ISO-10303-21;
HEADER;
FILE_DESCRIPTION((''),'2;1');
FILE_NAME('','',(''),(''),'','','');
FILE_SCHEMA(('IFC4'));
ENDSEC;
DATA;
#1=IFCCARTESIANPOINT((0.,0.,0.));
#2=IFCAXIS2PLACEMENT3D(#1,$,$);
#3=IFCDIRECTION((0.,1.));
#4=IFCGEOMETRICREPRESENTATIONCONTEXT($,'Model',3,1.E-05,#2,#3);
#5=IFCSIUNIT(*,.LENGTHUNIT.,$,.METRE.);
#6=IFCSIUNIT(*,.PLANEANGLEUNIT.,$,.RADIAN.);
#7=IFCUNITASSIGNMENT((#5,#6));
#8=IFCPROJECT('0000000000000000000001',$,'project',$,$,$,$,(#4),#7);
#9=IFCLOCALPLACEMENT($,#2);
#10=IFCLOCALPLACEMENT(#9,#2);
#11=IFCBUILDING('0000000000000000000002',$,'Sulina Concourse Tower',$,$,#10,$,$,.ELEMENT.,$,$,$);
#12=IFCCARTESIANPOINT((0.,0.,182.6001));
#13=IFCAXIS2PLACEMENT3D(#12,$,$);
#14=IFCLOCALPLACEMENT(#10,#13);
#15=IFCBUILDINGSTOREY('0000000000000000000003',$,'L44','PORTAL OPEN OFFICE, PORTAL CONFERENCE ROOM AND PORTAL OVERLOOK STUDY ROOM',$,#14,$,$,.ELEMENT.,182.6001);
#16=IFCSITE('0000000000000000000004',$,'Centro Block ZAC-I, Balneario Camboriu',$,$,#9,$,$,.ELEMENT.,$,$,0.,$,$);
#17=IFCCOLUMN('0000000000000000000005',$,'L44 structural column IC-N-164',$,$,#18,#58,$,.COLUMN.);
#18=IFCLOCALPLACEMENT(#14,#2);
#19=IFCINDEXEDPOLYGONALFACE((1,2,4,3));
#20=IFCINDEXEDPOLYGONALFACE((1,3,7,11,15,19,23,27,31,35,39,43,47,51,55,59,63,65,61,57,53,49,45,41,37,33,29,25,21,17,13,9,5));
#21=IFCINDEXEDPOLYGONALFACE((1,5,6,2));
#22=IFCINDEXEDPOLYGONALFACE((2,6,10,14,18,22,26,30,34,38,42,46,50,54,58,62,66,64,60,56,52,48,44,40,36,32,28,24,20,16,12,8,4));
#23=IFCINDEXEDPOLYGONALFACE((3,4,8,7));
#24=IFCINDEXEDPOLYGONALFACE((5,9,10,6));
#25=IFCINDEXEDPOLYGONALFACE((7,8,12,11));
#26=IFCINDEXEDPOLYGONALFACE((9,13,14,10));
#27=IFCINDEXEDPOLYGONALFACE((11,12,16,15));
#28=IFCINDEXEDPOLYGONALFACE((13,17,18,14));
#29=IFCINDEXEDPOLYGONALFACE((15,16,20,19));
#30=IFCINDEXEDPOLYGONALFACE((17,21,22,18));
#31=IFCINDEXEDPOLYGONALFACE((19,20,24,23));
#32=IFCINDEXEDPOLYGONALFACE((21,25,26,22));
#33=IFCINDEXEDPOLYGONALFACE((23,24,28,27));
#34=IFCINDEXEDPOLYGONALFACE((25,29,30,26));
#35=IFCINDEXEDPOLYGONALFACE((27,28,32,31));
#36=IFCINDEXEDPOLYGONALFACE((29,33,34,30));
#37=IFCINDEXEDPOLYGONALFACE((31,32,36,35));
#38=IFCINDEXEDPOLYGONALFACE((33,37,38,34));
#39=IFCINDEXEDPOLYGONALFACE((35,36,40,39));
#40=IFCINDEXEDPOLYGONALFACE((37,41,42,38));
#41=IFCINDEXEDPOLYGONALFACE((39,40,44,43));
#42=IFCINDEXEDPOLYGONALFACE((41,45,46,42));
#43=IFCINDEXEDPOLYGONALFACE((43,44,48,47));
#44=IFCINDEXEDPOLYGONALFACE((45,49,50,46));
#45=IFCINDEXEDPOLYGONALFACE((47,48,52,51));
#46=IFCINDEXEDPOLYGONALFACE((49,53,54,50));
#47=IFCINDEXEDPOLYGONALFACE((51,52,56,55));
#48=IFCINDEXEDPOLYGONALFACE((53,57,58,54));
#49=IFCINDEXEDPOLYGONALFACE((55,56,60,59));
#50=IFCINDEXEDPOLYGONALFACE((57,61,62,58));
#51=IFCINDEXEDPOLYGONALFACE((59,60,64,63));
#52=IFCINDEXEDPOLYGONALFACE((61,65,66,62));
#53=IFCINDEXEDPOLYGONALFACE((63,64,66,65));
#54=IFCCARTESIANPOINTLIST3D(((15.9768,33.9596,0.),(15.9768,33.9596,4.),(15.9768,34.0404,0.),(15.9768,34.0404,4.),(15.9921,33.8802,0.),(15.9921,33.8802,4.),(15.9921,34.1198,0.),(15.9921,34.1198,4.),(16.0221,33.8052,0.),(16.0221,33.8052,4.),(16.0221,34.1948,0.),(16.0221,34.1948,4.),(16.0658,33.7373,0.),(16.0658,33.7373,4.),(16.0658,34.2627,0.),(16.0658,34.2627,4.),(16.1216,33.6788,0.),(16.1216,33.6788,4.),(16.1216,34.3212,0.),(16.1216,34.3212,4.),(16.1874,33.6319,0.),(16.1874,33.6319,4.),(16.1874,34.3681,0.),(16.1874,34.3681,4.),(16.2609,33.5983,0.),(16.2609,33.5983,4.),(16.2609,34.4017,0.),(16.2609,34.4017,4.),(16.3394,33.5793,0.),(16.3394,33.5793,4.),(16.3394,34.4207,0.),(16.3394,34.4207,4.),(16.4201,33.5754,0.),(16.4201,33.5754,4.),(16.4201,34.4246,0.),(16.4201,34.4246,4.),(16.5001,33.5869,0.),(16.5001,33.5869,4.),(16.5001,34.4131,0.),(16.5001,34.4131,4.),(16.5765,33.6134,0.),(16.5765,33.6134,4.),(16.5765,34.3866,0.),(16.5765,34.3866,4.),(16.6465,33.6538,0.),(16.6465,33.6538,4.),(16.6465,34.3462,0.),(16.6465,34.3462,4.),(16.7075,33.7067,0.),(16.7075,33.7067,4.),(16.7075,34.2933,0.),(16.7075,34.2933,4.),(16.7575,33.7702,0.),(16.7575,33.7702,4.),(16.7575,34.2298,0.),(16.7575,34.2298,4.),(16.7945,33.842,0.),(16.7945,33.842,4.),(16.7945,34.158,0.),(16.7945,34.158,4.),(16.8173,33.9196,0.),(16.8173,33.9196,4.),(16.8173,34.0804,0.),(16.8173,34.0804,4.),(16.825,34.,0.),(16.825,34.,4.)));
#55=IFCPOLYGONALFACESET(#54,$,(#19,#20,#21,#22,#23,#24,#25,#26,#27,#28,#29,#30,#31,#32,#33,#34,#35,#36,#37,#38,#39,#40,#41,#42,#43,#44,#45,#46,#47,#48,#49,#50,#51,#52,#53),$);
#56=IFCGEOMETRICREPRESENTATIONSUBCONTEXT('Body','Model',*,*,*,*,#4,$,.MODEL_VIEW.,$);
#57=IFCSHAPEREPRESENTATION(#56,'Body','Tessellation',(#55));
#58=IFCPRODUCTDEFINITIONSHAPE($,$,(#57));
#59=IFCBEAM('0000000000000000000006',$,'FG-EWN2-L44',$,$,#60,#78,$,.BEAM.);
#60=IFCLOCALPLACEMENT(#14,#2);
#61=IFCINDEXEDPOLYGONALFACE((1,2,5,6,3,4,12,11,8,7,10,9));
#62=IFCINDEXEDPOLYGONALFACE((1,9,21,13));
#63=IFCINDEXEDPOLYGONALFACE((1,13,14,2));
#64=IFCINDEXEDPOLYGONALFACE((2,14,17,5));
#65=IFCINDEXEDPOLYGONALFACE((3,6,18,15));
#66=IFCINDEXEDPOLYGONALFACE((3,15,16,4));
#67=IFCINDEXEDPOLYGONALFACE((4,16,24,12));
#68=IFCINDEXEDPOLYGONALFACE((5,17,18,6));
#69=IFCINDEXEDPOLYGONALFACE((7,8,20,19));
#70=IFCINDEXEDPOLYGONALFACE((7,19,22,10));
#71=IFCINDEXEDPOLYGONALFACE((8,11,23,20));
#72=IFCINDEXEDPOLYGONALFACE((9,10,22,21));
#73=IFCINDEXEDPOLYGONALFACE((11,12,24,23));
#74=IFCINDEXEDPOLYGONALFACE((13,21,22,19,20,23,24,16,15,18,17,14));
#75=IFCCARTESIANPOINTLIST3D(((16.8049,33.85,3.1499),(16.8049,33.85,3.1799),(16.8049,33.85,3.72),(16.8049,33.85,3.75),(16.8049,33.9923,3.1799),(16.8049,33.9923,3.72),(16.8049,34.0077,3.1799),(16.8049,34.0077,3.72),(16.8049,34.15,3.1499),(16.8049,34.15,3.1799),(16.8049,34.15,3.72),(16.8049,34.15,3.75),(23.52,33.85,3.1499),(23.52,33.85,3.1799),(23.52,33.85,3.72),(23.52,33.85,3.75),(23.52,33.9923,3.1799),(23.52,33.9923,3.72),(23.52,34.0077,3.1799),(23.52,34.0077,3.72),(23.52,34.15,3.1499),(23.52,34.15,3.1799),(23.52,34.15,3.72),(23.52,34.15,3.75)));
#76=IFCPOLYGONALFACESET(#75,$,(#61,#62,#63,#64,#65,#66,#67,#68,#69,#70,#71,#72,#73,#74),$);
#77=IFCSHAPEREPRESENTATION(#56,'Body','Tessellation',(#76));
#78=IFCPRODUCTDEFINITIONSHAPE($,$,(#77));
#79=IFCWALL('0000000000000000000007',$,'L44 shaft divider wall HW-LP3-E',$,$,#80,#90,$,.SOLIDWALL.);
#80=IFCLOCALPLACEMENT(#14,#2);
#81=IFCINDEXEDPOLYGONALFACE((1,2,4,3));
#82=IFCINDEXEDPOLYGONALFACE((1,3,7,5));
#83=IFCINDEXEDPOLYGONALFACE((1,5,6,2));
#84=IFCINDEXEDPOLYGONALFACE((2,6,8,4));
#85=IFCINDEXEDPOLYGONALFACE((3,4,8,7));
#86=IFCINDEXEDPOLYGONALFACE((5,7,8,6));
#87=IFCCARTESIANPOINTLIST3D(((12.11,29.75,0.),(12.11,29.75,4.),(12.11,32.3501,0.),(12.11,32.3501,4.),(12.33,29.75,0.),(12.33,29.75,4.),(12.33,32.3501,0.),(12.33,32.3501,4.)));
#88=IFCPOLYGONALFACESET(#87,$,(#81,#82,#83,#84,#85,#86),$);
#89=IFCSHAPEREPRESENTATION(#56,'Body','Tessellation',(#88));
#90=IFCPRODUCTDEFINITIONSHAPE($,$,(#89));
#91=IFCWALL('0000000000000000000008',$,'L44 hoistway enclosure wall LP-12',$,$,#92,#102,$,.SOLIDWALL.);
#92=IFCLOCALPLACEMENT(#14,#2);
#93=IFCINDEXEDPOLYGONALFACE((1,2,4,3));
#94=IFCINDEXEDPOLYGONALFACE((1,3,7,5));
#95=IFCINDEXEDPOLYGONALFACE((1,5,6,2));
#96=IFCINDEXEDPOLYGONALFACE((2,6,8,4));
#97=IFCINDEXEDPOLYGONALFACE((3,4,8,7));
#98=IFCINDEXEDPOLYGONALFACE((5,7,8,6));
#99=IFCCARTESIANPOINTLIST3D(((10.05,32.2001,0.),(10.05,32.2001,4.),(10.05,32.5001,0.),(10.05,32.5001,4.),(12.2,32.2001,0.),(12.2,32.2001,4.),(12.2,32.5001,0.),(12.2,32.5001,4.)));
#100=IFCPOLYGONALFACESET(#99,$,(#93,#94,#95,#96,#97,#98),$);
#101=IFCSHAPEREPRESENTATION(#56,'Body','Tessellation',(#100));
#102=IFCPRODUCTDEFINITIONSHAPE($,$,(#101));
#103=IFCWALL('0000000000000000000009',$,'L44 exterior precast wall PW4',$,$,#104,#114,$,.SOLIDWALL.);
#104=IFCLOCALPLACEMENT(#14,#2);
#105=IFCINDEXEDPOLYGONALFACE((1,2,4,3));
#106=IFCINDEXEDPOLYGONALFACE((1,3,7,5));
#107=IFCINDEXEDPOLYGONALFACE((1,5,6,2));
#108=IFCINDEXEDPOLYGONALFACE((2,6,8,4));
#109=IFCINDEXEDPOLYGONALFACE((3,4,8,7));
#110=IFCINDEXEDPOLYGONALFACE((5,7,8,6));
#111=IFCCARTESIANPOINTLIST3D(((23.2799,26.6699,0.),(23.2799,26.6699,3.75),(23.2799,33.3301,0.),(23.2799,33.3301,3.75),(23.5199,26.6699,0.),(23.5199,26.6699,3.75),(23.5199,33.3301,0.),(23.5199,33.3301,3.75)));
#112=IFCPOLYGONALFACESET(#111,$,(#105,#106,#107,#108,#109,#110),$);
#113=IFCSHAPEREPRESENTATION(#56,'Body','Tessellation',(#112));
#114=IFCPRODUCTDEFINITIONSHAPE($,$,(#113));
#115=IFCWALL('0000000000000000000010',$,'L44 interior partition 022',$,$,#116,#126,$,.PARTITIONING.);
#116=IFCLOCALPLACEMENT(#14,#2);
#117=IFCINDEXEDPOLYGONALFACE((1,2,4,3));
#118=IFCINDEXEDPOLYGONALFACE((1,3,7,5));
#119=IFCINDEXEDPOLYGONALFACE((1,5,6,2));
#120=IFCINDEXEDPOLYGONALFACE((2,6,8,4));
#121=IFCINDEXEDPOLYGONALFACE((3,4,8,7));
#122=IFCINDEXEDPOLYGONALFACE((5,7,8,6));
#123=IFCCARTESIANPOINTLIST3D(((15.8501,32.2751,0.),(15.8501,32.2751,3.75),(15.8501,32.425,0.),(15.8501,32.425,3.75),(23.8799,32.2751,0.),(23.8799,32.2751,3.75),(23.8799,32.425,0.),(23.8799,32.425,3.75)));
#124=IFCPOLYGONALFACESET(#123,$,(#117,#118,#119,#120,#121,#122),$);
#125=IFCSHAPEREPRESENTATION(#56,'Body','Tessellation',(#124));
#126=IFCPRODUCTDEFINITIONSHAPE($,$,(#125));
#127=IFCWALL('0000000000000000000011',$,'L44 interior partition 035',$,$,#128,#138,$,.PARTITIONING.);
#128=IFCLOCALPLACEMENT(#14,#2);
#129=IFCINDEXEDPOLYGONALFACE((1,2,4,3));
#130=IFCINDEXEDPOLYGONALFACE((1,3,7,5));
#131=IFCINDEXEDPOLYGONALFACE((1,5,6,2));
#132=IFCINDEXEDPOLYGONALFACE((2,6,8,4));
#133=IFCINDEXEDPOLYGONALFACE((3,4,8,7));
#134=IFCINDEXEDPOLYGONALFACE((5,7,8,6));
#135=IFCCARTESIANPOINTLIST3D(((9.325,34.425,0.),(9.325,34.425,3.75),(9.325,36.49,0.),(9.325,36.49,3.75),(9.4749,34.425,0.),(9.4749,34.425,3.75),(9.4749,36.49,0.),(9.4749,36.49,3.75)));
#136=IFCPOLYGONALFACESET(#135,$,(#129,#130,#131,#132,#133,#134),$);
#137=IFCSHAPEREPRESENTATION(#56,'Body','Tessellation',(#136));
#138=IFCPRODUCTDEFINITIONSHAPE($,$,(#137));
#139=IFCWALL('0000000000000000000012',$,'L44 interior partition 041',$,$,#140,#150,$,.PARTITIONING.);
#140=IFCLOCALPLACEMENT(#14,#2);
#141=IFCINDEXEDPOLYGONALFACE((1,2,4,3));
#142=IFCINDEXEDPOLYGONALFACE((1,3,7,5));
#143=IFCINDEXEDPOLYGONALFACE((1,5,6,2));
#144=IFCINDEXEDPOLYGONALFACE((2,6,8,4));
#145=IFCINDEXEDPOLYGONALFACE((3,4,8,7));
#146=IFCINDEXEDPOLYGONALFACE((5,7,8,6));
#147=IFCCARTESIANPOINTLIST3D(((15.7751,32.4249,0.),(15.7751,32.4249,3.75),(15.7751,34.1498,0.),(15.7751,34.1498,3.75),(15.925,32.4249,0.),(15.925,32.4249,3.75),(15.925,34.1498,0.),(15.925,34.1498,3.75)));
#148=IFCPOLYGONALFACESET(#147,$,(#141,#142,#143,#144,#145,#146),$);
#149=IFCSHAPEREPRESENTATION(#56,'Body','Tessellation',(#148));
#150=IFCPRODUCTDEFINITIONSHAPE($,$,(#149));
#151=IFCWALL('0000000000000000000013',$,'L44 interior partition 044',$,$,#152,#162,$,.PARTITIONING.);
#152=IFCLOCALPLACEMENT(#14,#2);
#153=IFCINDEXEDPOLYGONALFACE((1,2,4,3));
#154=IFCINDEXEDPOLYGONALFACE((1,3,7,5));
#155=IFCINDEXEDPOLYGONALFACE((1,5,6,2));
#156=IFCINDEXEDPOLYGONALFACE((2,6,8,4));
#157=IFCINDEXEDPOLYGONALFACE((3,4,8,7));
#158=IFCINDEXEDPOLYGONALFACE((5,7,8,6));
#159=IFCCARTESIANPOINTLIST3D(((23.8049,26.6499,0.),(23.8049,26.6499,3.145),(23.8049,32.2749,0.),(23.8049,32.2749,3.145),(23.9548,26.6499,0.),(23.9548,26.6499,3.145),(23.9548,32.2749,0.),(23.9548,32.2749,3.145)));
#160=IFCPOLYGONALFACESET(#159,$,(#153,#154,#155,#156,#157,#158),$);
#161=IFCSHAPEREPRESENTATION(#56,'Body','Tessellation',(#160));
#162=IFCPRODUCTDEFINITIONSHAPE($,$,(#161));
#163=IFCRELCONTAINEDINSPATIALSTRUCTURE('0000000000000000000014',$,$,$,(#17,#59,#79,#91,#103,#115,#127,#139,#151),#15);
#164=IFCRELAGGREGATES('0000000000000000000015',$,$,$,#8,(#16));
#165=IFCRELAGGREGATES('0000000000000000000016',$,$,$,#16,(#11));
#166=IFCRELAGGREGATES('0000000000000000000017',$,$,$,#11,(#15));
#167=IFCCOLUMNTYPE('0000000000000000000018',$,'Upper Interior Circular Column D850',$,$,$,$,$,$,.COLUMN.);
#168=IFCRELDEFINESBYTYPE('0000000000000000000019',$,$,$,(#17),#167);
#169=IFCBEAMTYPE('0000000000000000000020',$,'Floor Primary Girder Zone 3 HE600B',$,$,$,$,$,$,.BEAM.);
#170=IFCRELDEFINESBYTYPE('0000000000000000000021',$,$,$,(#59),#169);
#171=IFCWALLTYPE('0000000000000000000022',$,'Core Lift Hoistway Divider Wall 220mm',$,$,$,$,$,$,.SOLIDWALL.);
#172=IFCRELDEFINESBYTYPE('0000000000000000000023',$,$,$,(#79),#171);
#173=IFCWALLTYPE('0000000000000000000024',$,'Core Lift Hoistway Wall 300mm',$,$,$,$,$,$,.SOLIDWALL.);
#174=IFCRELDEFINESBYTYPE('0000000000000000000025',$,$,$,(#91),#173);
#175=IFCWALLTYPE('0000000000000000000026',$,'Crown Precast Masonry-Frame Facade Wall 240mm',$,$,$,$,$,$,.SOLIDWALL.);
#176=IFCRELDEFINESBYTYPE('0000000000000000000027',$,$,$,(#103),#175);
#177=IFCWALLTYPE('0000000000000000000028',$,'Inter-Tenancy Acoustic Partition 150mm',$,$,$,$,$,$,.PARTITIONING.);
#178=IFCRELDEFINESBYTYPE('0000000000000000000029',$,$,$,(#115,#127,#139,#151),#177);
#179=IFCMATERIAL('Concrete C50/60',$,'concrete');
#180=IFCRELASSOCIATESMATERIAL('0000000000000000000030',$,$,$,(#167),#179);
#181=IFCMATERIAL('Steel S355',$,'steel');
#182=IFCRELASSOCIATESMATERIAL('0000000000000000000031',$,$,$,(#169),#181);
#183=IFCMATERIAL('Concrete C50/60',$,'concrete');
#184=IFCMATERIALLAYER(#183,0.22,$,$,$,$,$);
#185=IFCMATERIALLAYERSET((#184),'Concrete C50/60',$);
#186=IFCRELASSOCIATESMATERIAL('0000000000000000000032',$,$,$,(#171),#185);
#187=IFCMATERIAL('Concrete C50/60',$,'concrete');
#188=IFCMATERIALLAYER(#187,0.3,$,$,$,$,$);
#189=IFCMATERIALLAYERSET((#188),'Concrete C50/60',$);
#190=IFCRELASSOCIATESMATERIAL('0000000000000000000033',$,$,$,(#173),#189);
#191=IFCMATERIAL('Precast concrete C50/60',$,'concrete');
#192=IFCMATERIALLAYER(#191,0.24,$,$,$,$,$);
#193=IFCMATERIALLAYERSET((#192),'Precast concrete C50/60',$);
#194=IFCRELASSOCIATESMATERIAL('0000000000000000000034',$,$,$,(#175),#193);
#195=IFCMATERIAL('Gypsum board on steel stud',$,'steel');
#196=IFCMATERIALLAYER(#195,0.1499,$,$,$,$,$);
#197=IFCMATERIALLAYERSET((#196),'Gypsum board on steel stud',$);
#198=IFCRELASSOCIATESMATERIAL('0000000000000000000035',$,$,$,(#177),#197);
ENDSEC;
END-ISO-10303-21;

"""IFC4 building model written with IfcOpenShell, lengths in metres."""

from ifc_helpers import new_model, si_unit, direction, frame, frame_2d, origin, origin_2d, place, context, subcontext, project, spatial, rectangle, circle, i_section, extrude, material, layer, layer_set, material_profile, profile_set, type_object, element, save


model = new_model("IFC4")

# Units and contexts
model_context = context("Model", 3, precision=1e-05, world=origin(), true_north=direction((0.0, 1.0)))
body_context = subcontext(model_context, "Body", "Model", "MODEL_VIEW")
ifc_project = project(units=[si_unit("LENGTHUNIT", "METRE"), si_unit("PLANEANGLEUNIT", "RADIAN")], contexts=[model_context])

# Site, building, storey
site_placement = place(None, origin())
site = spatial("IfcSite", under=ifc_project, at=site_placement, Name="Centro Block ZAC-I, Balneario Camboriu", CompositionType="ELEMENT", RefElevation=0.0)
building_placement = place(site_placement, origin())
building = spatial("IfcBuilding", under=site, at=building_placement, Name="Sulina Concourse Tower", CompositionType="ELEMENT")
storey_placement = place(building_placement, frame((0.0, 0.0, 182.6001)))
storey = spatial("IfcBuildingStorey", under=building, at=storey_placement, Name="L44", Description="PORTAL OPEN OFFICE, PORTAL CONFERENCE ROOM AND PORTAL OVERLOOK STUDY ROOM", CompositionType="ELEMENT", Elevation=182.6001)

# Column
ifc_material_1 = material(Name="Concrete C50/60", Category="concrete")
ifc_material_profile_1 = material_profile(ifc_material_1, circle(Radius=0.425, at=origin_2d()), Name="RC D850")
ifc_profile_set_1 = profile_set([ifc_material_profile_1], Name="Concrete C50/60")
column_type = type_object("IfcColumnType", Name="Upper Interior Circular Column D850", PredefinedType="COLUMN", material=ifc_profile_set_1)
column_placement = place(storey_placement, frame((16.3999, 34.0, 0.0), z_axis=(0.0, 0.0, 1.0), x_axis=(1.0, 0.0, 0.0)))
element("IfcColumn", 1, at=column_placement, inside=storey, type_object=column_type, Name="L44 structural column IC-N-164", PredefinedType="COLUMN", context=body_context, shape_type="SweptSolid", body=[
    extrude(circle(Radius=0.425, at=origin_2d()), origin(), (0.0, 0.0, 1.0), 4.0),
])

# Beam
ifc_material_2 = material(Name="Steel S355", Category="steel")
ifc_material_profile_2 = material_profile(ifc_material_2, i_section(OverallWidth=0.3, OverallDepth=0.6001, WebThickness=0.0154, FlangeThickness=0.03, at=origin_2d()), Name="HE 600 B")
ifc_profile_set_2 = profile_set([ifc_material_profile_2], Name="Steel S355")
beam_type = type_object("IfcBeamType", Name="Floor Primary Girder Zone 3 HE600B", PredefinedType="BEAM", material=ifc_profile_set_2)
beam_placement = place(storey_placement, frame((16.8049, 34.0, 3.45), z_axis=(1.0, 0.0, 0.0), x_axis=(0.0, 1.0, 0.0)))
element("IfcBeam", 2, at=beam_placement, inside=storey, type_object=beam_type, Name="FG-EWN2-L44", PredefinedType="BEAM", context=body_context, shape_type="SweptSolid", body=[
    extrude(i_section(OverallWidth=0.3, OverallDepth=0.6001, WebThickness=0.0154, FlangeThickness=0.03, at=origin_2d()), origin(), (0.0, 0.0, 1.0), 6.7151),
])

# Walls
ifc_material_3 = material(Name="Concrete C50/60", Category="concrete")
ifc_layer_1 = layer(ifc_material_3, 0.22)
ifc_layer_set_1 = layer_set([ifc_layer_1], Name="Concrete C50/60")
wall_type_1 = type_object("IfcWallType", Name="Core Lift Hoistway Divider Wall 220mm", PredefinedType="SOLIDWALL", material=ifc_layer_set_1)
wall_1_placement = place(storey_placement, frame((12.22, 29.75, 0.0), z_axis=(0.0, 0.0, 1.0), x_axis=(0.0, 1.0, 0.0)))
element("IfcWall", 3, at=wall_1_placement, inside=storey, type_object=wall_type_1, Name="L44 shaft divider wall HW-LP3-E", PredefinedType="SOLIDWALL", context=body_context, shape_type="SweptSolid", body=[
    extrude(rectangle(XDim=2.6001, YDim=0.22, at=frame_2d((1.3, 0.0))), origin(), (0.0, 0.0, 1.0), 4.0),
])
ifc_material_4 = material(Name="Concrete C50/60", Category="concrete")
ifc_layer_2 = layer(ifc_material_4, 0.3)
ifc_layer_set_2 = layer_set([ifc_layer_2], Name="Concrete C50/60")
wall_type_2 = type_object("IfcWallType", Name="Core Lift Hoistway Wall 300mm", PredefinedType="SOLIDWALL", material=ifc_layer_set_2)
wall_2_placement = place(storey_placement, frame((10.05, 32.3501, 0.0), z_axis=(0.0, 0.0, 1.0), x_axis=(1.0, 0.0, 0.0)))
element("IfcWall", 4, at=wall_2_placement, inside=storey, type_object=wall_type_2, Name="L44 hoistway enclosure wall LP-12", PredefinedType="SOLIDWALL", context=body_context, shape_type="SweptSolid", body=[
    extrude(rectangle(XDim=2.1499, YDim=0.3, at=frame_2d((1.075, 0.0))), origin(), (0.0, 0.0, 1.0), 4.0),
])
ifc_material_5 = material(Name="Precast concrete C50/60", Category="concrete")
ifc_layer_3 = layer(ifc_material_5, 0.24)
ifc_layer_set_3 = layer_set([ifc_layer_3], Name="Precast concrete C50/60")
wall_type_3 = type_object("IfcWallType", Name="Crown Precast Masonry-Frame Facade Wall 240mm", PredefinedType="SOLIDWALL", material=ifc_layer_set_3)
wall_3_placement = place(storey_placement, frame((23.3999, 33.3301, 0.0), z_axis=(0.0, 0.0, 1.0), x_axis=(0.0, -1.0, 0.0)))
element("IfcWall", 5, at=wall_3_placement, inside=storey, type_object=wall_type_3, Name="L44 exterior precast wall PW4", PredefinedType="SOLIDWALL", context=body_context, shape_type="SweptSolid", body=[
    extrude(rectangle(XDim=6.6602, YDim=0.24, at=frame_2d((3.3301, 0.0))), origin(), (0.0, 0.0, 1.0), 3.75),
])

# Shared definitions
ifc_material_6 = material(Name="Gypsum board on steel stud", Category="steel")
ifc_layer_4 = layer(ifc_material_6, 0.1499)
ifc_layer_set_4 = layer_set([ifc_layer_4], Name="Gypsum board on steel stud")
wall_type_4 = type_object("IfcWallType", Name="Inter-Tenancy Acoustic Partition 150mm", PredefinedType="PARTITIONING", material=ifc_layer_set_4)

# Walls
wall_4_placement = place(storey_placement, frame((15.8501, 32.3501, 0.0), z_axis=(0.0, 0.0, 1.0), x_axis=(1.0, 0.0, 0.0)))
element("IfcWall", 6, at=wall_4_placement, inside=storey, type_object=wall_type_4, Name="L44 interior partition 022", PredefinedType="PARTITIONING", context=body_context, shape_type="SweptSolid", body=[
    extrude(rectangle(XDim=8.0298, YDim=0.1499, at=frame_2d((4.0149, 0.0))), origin(), (0.0, 0.0, 1.0), 3.75),
])
wall_5_placement = place(storey_placement, frame((9.3999, 34.425, 0.0), z_axis=(0.0, 0.0, 1.0), x_axis=(0.0, 1.0, 0.0)))
element("IfcWall", 7, at=wall_5_placement, inside=storey, type_object=wall_type_4, Name="L44 interior partition 035", PredefinedType="PARTITIONING", context=body_context, shape_type="SweptSolid", body=[
    extrude(rectangle(XDim=2.0649, YDim=0.1499, at=frame_2d((1.0325, 0.0))), origin(), (0.0, 0.0, 1.0), 3.75),
])
wall_6_placement = place(storey_placement, frame((15.8501, 32.425, 0.0), z_axis=(0.0, 0.0, 1.0), x_axis=(0.0, 1.0, 0.0)))
element("IfcWall", 8, at=wall_6_placement, inside=storey, type_object=wall_type_4, Name="L44 interior partition 041", PredefinedType="PARTITIONING", context=body_context, shape_type="SweptSolid", body=[
    extrude(rectangle(XDim=1.7249, YDim=0.1499, at=frame_2d((0.8623, 0.0))), origin(), (0.0, 0.0, 1.0), 3.75),
])
wall_7_placement = place(storey_placement, frame((23.8799, 26.6499, 0.0), z_axis=(0.0, 0.0, 1.0), x_axis=(0.0, 1.0, 0.0)))
element("IfcWall", 9, at=wall_7_placement, inside=storey, type_object=wall_type_4, Name="L44 interior partition 044", PredefinedType="PARTITIONING", context=body_context, shape_type="SweptSolid", body=[
    extrude(rectangle(XDim=5.625, YDim=0.1499, at=frame_2d((2.8125, 0.0))), origin(), (0.0, 0.0, 1.0), 3.145),
])

save(model, "model.ifc")
